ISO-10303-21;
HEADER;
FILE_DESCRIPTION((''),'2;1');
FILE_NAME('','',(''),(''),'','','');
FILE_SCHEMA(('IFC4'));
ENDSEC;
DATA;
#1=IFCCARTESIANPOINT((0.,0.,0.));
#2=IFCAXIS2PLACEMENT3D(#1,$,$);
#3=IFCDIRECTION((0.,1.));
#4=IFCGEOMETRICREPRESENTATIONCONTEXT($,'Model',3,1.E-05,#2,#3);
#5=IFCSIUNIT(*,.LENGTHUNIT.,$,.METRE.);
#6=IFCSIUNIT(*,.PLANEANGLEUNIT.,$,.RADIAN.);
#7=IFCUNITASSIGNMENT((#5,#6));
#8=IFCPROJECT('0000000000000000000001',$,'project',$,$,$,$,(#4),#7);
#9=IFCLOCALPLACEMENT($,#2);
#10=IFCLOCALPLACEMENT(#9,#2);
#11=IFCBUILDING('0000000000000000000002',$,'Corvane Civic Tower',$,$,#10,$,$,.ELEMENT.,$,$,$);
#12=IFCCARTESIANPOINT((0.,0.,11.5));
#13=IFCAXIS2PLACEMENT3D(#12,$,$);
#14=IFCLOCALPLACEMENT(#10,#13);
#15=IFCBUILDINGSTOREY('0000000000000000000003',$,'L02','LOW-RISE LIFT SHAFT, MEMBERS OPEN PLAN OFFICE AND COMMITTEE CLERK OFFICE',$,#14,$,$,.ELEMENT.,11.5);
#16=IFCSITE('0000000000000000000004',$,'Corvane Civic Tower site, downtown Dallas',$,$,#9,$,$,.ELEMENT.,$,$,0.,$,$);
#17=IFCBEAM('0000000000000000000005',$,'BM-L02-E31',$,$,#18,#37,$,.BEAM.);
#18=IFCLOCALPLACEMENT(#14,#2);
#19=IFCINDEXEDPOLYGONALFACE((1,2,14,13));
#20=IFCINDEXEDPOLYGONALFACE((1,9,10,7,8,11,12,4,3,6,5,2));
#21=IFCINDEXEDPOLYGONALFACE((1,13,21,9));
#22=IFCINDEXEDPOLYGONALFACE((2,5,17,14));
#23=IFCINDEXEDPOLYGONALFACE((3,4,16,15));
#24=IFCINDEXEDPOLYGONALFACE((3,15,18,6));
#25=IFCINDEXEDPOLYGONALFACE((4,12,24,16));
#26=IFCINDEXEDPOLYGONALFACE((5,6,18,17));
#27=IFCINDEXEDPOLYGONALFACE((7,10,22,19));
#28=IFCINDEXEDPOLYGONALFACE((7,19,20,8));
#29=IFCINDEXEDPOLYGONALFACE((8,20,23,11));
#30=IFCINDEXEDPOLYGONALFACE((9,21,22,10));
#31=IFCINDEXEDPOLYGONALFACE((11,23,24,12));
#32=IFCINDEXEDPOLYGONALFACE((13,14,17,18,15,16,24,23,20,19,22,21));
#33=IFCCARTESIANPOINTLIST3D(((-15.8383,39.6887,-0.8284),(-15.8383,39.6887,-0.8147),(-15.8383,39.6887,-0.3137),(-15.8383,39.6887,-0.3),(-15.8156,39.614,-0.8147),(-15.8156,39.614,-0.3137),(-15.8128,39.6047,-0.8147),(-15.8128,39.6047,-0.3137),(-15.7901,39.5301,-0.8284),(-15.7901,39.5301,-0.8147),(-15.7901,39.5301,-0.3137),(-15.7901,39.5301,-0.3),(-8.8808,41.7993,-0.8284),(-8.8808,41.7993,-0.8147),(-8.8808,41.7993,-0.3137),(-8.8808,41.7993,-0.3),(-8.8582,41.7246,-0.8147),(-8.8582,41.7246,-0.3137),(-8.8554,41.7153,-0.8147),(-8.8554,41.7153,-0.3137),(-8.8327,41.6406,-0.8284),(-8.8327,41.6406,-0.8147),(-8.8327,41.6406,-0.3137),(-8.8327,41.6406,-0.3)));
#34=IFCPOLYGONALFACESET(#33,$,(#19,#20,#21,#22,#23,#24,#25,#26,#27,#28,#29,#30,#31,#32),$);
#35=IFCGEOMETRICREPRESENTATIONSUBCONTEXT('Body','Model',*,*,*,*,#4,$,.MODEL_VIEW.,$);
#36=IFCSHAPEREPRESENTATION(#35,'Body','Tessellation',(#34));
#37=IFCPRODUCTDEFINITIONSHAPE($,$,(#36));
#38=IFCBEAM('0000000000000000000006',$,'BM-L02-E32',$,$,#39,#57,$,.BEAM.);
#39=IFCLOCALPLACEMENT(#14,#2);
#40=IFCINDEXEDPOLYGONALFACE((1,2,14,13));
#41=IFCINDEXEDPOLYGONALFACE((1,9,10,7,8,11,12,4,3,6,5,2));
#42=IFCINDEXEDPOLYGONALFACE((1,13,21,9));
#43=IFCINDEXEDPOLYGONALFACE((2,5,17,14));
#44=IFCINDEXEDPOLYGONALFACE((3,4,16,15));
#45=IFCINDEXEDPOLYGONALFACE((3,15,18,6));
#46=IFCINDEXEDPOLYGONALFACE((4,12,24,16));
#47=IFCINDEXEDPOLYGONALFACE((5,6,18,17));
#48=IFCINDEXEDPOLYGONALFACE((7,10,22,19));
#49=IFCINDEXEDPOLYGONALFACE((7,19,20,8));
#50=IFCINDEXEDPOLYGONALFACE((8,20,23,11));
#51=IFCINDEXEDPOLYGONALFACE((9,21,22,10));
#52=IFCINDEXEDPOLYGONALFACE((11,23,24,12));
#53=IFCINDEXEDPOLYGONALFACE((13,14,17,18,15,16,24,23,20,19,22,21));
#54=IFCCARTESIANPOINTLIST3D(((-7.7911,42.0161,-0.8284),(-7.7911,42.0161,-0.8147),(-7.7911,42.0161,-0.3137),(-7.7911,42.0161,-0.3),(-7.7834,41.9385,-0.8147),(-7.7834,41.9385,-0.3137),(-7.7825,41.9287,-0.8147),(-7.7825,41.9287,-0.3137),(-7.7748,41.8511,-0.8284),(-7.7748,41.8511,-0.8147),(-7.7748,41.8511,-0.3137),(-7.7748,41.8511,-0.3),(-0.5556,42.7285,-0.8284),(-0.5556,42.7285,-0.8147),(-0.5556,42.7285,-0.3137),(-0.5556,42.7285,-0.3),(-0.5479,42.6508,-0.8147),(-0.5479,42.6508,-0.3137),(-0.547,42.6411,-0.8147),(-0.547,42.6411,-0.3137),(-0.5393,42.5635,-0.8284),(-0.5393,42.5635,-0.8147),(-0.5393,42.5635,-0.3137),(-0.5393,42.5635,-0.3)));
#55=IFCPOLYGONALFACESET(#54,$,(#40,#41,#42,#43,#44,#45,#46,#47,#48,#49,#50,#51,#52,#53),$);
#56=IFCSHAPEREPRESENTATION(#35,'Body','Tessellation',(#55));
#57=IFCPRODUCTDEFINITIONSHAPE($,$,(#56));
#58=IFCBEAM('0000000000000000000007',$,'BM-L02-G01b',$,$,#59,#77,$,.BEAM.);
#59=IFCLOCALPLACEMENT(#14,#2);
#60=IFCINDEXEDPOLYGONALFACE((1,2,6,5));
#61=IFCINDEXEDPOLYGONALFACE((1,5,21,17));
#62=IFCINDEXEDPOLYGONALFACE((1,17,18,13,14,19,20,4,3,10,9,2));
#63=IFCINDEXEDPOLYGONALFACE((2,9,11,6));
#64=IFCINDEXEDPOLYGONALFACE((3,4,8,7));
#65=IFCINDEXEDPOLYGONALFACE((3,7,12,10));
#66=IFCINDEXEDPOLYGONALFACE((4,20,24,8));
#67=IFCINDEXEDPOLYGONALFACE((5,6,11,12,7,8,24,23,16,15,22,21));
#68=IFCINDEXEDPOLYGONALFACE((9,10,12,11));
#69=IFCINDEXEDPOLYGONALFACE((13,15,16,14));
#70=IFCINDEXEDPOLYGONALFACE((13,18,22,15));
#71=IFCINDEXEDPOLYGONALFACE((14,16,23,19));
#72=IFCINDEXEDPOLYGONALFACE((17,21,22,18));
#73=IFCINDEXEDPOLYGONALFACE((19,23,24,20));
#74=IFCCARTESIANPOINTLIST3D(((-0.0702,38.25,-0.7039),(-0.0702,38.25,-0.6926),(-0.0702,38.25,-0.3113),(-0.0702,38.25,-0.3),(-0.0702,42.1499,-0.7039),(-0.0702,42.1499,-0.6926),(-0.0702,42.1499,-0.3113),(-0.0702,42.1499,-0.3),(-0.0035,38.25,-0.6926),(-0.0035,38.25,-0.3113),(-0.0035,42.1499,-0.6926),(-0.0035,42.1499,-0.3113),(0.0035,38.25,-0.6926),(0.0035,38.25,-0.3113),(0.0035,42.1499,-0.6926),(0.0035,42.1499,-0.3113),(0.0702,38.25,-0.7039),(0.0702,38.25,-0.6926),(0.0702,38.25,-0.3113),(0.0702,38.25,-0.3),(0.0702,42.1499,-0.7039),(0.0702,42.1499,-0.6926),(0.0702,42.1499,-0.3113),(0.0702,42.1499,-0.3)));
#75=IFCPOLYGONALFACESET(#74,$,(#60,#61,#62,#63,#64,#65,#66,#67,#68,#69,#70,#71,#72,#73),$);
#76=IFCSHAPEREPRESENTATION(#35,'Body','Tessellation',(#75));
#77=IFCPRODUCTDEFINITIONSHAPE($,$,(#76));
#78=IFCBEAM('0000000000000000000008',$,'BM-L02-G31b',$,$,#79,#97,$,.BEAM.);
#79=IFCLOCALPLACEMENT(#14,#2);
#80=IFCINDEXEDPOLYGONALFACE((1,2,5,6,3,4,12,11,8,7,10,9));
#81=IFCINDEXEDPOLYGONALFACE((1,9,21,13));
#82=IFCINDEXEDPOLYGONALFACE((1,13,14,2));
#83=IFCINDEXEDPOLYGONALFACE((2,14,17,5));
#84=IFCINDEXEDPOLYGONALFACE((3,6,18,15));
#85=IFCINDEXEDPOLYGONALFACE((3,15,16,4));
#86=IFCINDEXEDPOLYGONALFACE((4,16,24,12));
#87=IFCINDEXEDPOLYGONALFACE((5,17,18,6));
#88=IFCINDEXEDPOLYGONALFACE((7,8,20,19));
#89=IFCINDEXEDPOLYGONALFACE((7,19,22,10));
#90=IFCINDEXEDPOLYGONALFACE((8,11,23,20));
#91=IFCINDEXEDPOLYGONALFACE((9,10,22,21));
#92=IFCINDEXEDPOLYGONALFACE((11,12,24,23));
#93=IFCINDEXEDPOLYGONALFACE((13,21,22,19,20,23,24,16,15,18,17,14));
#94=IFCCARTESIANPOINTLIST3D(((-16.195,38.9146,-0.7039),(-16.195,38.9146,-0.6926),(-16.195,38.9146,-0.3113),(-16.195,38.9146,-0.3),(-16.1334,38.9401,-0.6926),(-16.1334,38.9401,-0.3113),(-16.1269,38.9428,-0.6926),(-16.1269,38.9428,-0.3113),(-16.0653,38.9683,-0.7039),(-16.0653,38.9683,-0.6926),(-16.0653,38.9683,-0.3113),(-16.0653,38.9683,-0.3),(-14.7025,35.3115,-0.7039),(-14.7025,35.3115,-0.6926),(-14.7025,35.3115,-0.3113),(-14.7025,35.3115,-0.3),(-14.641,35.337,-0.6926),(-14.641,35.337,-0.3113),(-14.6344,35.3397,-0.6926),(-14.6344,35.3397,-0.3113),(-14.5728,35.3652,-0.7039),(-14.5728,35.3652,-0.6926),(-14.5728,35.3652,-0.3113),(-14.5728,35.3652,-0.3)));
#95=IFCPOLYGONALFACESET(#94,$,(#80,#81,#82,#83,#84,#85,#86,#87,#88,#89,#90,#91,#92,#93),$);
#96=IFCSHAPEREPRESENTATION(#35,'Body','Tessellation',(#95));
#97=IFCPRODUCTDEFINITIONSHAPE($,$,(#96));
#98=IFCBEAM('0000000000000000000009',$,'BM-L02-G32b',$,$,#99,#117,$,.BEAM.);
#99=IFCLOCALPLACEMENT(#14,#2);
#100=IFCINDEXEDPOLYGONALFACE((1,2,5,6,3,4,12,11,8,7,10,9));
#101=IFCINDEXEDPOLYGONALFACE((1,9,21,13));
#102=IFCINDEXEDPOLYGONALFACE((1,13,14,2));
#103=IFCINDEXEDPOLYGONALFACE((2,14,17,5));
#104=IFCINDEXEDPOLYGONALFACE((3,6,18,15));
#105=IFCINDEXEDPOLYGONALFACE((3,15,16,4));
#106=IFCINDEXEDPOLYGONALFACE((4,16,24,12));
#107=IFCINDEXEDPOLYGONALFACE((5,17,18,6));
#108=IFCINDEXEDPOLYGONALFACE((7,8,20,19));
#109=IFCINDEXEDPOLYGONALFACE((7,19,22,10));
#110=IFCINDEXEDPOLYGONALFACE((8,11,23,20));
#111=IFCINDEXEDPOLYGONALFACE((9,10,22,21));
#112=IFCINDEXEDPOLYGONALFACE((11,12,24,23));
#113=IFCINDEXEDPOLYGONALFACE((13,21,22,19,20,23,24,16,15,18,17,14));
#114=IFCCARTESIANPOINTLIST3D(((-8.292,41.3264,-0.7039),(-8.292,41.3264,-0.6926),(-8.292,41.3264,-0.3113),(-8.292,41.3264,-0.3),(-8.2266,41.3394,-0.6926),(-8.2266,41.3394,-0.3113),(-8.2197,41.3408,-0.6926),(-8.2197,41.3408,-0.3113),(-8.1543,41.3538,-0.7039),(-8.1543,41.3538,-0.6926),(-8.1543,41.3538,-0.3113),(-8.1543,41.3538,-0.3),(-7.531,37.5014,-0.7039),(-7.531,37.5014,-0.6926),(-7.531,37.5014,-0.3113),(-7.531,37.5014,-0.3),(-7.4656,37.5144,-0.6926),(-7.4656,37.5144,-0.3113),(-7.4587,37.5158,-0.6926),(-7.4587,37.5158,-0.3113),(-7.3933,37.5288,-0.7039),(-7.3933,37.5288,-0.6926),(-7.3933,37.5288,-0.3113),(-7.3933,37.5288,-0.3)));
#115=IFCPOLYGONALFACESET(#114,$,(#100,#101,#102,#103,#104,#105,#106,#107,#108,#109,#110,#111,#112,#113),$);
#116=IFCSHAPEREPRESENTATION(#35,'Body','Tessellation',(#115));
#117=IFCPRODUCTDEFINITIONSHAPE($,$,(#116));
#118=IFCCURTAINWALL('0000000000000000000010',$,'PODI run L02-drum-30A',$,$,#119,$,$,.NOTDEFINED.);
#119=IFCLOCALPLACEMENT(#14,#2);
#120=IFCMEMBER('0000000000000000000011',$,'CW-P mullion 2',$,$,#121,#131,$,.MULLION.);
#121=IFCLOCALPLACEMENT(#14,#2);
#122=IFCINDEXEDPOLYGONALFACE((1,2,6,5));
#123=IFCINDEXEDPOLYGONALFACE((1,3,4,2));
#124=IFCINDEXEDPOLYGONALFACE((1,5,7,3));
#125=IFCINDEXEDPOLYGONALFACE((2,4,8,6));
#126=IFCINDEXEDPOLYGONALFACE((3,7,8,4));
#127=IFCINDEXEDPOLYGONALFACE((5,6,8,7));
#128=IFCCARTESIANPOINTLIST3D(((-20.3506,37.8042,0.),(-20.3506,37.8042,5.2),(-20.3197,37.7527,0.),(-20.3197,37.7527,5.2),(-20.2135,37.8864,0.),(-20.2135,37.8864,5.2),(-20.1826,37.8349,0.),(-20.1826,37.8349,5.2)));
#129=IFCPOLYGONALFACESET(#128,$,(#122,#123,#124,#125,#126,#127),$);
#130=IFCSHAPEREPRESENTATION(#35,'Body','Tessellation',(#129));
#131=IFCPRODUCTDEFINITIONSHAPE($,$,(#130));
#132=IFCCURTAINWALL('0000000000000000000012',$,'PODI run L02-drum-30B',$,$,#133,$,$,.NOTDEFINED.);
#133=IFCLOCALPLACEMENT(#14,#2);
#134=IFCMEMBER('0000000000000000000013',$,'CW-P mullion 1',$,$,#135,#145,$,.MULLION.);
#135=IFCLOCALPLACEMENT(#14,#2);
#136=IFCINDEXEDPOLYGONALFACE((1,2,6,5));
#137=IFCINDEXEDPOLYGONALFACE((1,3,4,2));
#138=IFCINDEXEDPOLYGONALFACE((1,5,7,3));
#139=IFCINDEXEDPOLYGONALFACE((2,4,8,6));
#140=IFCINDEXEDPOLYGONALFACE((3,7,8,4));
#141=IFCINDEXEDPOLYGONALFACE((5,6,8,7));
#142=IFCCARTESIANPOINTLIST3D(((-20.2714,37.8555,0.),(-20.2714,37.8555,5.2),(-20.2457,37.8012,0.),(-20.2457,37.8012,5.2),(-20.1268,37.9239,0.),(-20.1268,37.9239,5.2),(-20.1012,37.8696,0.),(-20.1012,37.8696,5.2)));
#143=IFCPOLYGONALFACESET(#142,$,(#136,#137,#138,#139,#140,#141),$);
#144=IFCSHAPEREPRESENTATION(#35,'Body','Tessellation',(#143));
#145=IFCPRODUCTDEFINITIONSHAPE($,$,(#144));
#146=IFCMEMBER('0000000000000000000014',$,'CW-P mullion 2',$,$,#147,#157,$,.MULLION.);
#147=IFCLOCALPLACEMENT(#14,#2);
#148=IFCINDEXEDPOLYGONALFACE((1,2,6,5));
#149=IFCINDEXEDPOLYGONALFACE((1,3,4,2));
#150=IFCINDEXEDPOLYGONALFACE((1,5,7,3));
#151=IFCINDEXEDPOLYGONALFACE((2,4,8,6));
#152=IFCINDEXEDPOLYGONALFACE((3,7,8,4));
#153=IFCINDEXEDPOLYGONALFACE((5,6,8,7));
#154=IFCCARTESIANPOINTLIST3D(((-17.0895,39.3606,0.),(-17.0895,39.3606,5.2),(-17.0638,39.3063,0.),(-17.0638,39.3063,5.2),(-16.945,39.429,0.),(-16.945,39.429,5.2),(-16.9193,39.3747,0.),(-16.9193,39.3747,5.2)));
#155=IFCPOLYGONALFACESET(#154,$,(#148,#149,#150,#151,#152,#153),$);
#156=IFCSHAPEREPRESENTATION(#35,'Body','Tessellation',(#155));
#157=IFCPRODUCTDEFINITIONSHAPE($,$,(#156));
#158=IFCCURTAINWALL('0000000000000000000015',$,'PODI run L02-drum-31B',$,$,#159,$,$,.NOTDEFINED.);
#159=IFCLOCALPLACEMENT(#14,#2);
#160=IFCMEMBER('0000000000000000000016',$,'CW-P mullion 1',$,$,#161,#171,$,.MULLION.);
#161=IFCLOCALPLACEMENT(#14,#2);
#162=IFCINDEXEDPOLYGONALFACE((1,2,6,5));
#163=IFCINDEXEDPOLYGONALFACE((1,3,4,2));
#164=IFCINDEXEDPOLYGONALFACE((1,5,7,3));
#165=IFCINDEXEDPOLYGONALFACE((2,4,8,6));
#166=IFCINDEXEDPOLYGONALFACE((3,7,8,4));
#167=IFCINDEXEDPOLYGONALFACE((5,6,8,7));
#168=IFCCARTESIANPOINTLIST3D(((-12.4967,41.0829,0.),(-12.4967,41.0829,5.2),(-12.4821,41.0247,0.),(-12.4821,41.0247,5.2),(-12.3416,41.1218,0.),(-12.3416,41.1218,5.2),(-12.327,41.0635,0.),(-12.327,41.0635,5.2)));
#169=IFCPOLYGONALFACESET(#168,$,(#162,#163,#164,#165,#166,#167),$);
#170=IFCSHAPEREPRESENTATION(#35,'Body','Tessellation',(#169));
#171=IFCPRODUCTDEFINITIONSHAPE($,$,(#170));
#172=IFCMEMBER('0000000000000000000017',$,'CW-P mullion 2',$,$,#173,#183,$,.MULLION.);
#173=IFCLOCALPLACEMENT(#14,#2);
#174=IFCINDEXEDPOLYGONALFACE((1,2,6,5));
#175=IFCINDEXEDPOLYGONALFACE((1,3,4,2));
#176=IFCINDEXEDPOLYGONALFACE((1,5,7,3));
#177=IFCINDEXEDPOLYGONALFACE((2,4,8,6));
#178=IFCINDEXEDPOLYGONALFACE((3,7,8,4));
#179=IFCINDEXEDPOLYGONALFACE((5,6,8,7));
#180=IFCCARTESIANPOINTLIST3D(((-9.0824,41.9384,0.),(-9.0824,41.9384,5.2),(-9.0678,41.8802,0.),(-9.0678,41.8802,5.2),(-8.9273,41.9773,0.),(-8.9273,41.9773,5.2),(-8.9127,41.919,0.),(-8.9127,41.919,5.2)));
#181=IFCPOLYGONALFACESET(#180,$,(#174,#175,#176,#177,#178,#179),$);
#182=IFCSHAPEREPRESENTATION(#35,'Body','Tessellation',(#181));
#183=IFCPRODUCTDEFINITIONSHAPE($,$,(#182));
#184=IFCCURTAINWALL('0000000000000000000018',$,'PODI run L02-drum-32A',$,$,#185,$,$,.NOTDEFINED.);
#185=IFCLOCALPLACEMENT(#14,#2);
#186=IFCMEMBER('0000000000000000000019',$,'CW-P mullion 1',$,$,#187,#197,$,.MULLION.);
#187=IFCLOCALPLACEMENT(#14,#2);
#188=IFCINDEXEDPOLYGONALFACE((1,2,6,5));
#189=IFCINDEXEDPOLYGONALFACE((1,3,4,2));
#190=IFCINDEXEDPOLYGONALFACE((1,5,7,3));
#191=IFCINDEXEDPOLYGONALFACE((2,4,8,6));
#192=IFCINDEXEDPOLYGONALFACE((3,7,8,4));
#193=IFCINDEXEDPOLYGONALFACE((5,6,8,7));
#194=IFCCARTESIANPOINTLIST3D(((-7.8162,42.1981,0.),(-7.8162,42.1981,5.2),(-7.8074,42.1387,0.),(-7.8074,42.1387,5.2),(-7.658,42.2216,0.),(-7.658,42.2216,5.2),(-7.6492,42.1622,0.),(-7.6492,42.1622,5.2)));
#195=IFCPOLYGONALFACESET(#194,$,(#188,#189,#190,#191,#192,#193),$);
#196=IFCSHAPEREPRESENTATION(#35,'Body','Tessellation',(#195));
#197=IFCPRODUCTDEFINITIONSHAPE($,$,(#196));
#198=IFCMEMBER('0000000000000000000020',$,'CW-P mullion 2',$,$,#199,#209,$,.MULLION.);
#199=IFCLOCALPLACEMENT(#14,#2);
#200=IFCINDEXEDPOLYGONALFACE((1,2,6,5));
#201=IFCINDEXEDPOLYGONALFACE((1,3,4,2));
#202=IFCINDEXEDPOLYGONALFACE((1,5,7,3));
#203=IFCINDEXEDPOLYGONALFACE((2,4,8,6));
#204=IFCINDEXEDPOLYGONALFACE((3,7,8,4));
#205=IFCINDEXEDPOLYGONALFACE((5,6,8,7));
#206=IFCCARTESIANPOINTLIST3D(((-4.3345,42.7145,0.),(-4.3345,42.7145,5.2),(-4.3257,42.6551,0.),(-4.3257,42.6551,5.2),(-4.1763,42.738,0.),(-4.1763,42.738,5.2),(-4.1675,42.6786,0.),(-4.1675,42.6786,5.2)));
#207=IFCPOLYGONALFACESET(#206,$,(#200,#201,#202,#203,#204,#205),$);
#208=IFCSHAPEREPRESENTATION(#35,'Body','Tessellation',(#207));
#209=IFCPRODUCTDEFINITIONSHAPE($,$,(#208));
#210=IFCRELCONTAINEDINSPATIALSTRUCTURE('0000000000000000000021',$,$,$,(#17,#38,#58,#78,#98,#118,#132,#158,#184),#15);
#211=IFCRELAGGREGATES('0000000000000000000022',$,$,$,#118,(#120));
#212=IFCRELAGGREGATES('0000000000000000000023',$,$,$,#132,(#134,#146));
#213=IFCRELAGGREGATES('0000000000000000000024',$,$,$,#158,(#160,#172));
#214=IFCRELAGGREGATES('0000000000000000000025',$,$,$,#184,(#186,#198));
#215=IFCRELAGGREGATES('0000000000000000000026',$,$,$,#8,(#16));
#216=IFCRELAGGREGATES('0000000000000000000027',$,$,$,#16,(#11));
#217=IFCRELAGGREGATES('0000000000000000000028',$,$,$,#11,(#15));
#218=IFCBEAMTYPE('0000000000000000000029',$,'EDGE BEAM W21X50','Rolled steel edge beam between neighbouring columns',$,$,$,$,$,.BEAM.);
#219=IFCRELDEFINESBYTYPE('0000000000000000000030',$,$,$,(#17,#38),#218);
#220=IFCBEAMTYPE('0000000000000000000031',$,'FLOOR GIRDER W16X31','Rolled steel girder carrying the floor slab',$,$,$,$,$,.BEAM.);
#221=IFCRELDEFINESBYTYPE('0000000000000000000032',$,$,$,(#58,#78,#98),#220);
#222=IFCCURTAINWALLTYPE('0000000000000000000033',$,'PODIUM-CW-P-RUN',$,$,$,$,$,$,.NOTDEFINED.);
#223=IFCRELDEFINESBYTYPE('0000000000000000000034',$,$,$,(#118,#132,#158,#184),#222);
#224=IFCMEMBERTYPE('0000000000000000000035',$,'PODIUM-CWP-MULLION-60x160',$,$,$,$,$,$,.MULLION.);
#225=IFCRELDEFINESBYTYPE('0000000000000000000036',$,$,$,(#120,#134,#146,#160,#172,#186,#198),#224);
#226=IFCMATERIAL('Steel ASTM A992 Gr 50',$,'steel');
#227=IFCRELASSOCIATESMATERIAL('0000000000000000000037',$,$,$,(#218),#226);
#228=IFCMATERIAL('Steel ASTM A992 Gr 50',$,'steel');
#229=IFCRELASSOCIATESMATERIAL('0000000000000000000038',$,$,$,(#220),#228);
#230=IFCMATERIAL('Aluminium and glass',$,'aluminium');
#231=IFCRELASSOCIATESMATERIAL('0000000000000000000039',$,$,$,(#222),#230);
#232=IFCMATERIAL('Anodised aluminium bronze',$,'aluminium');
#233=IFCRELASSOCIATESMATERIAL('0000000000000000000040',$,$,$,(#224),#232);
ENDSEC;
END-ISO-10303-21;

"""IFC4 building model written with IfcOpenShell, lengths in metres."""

from ifc_helpers import new_model, si_unit, direction, frame, origin, origin_2d, place, context, subcontext, project, spatial, rectangle, i_section, extrude, material, material_profile, profile_set, type_object, element, aggregate, save


model = new_model("IFC4")

# Units and contexts
model_context = context("Model", 3, precision=1e-05, world=origin(), true_north=direction((0.0, 1.0)))
body_context = subcontext(model_context, "Body", "Model", "MODEL_VIEW")
ifc_project = project(units=[si_unit("LENGTHUNIT", "METRE"), si_unit("PLANEANGLEUNIT", "RADIAN")], contexts=[model_context])

# Site, building, storey
site_placement = place(None, origin())
site = spatial("IfcSite", under=ifc_project, at=site_placement, Name="Corvane Civic Tower site, downtown Dallas", CompositionType="ELEMENT", RefElevation=0.0)
building_placement = place(site_placement, origin())
building = spatial("IfcBuilding", under=site, at=building_placement, Name="Corvane Civic Tower", CompositionType="ELEMENT")
storey_placement = place(building_placement, frame((0.0, 0.0, 11.5)))
storey = spatial("IfcBuildingStorey", under=building, at=storey_placement, Name="L02", Description="LOW-RISE LIFT SHAFT, MEMBERS OPEN PLAN OFFICE AND COMMITTEE CLERK OFFICE", CompositionType="ELEMENT", Elevation=11.5)

# Beams
ifc_material_1 = material(Name="Steel ASTM A992 Gr 50", Category="steel")
ifc_material_profile_1 = material_profile(ifc_material_1, i_section(OverallWidth=0.1658, OverallDepth=0.5283, WebThickness=0.0098, FlangeThickness=0.0137, at=origin_2d()), Name="W21X50")
ifc_profile_set_1 = profile_set([ifc_material_profile_1], Name="Steel ASTM A992 Gr 50")
beam_type_1 = type_object("IfcBeamType", Name="EDGE BEAM W21X50", Description="Rolled steel edge beam between neighbouring columns", PredefinedType="BEAM", material=ifc_profile_set_1)
for number, where, z_axis, x_axis, name in (
    (1, (-15.8142, 39.6094, -0.5642), (0.956938, 0.290292, 0.0), (-0.290292, 0.956938, 0.0), "BM-L02-E31"),
    (2, (-7.783, 41.9336, -0.5642), (0.995188, 0.097984, 0.0), (-0.097984, 0.995188, 0.0), "BM-L02-E32"),
):
    element("IfcBeam", number, at=place(storey_placement, frame(where, z_axis=z_axis, x_axis=x_axis)), inside=storey, type_object=beam_type_1, Name=name, PredefinedType="BEAM", context=body_context, shape_type="SweptSolid", body=[
        extrude(i_section(OverallWidth=0.1658, OverallDepth=0.5283, WebThickness=0.0098, FlangeThickness=0.0137, at=origin_2d()), origin(), (0.0, 0.0, 1.0), 7.2705),
    ])
ifc_material_2 = material(Name="Steel ASTM A992 Gr 50", Category="steel")
ifc_material_profile_2 = material_profile(ifc_material_2, i_section(OverallWidth=0.1404, OverallDepth=0.4038, WebThickness=0.0071, FlangeThickness=0.0112, at=origin_2d()), Name="W16X31")
ifc_profile_set_2 = profile_set([ifc_material_profile_2], Name="Steel ASTM A992 Gr 50")
beam_type_2 = type_object("IfcBeamType", Name="FLOOR GIRDER W16X31", Description="Rolled steel girder carrying the floor slab", PredefinedType="BEAM", material=ifc_profile_set_2)
for number, where, z_axis, x_axis, name in (
    (3, (0.0, 38.25, -0.502), (0.0, 1.0, 0.0), (-1.0, 0.0, 0.0), "BM-L02-G01b"),
    (4, (-14.6377, 35.3384, -0.502), (-0.382685, 0.923879, 0.0), (-0.923879, -0.382685, 0.0), "BM-L02-G31b"),
    (5, (-7.4622, 37.5151, -0.502), (-0.195129, 0.980778, 0.0), (-0.980778, -0.195129, 0.0), "BM-L02-G32b"),
):
    element("IfcBeam", number, at=place(storey_placement, frame(where, z_axis=z_axis, x_axis=x_axis)), inside=storey, type_object=beam_type_2, Name=name, PredefinedType="BEAM", context=body_context, shape_type="SweptSolid", body=[
        extrude(i_section(OverallWidth=0.1404, OverallDepth=0.4038, WebThickness=0.0071, FlangeThickness=0.0112, at=origin_2d()), origin(), (0.0, 0.0, 1.0), 3.8999),
    ])

# Curtain wall, member
ifc_material_3 = material(Name="Aluminium and glass", Category="aluminium")
curtain_wall_type = type_object("IfcCurtainWallType", Name="PODIUM-CW-P-RUN", PredefinedType="NOTDEFINED", material=ifc_material_3)
curtain_wall_1_placement = place(storey_placement, origin())
curtain_wall_1 = element("IfcCurtainWall", 6, at=curtain_wall_1_placement, inside=storey, type_object=curtain_wall_type, Name="PODI run L02-drum-30A", PredefinedType="NOTDEFINED")
ifc_material_4 = material(Name="Anodised aluminium bronze", Category="aluminium")
ifc_material_profile_3 = material_profile(ifc_material_4, rectangle(XDim=0.0601, YDim=0.1599, at=origin_2d()), Name="AL 60x160")
ifc_profile_set_3 = profile_set([ifc_material_profile_3], Name="Anodised aluminium bronze")
member_type_1 = type_object("IfcMemberType", Name="PODIUM-CWP-MULLION-60x160", PredefinedType="MULLION", material=ifc_profile_set_3)
member_1_placement = place(storey_placement, frame((-20.2666, 37.8196, 0.0), z_axis=(0.0, 0.0, 1.0), x_axis=(-0.514118, 0.85772, 0.0)))
member_1 = element("IfcMember", 7, at=member_1_placement, type_object=member_type_1, Name="CW-P mullion 2", PredefinedType="MULLION", context=body_context, shape_type="SweptSolid", body=[
    extrude(rectangle(XDim=0.0601, YDim=0.1599, at=origin_2d()), origin(), (0.0, 0.0, 1.0), 5.2),
])
aggregate(curtain_wall_1, [member_1])

# Curtain walls, members
curtain_wall_2_placement = place(storey_placement, origin())
curtain_wall_2 = element("IfcCurtainWall", 8, at=curtain_wall_2_placement, inside=storey, type_object=curtain_wall_type, Name="PODI run L02-drum-30B", PredefinedType="NOTDEFINED")
member_2_placement = place(storey_placement, frame((-20.1863, 37.8625, 0.0), z_axis=(0.0, 0.0, 1.0), x_axis=(-0.427553, 0.90399, 0.0)))
member_2 = element("IfcMember", 9, at=member_2_placement, type_object=member_type_1, Name="CW-P mullion 1", PredefinedType="MULLION", context=body_context, shape_type="SweptSolid", body=[
    extrude(rectangle(XDim=0.0601, YDim=0.1599, at=origin_2d()), origin(), (0.0, 0.0, 1.0), 5.2),
])
member_3_placement = place(storey_placement, frame((-17.0044, 39.3677, 0.0), z_axis=(0.0, 0.0, 1.0), x_axis=(-0.427553, 0.90399, 0.0)))
member_3 = element("IfcMember", 10, at=member_3_placement, type_object=member_type_1, Name="CW-P mullion 2", PredefinedType="MULLION", context=body_context, shape_type="SweptSolid", body=[
    extrude(rectangle(XDim=0.0601, YDim=0.1599, at=origin_2d()), origin(), (0.0, 0.0, 1.0), 5.2),
])
curtain_wall_3_placement = place(storey_placement, origin())
curtain_wall_3 = element("IfcCurtainWall", 11, at=curtain_wall_3_placement, inside=storey, type_object=curtain_wall_type, Name="PODI run L02-drum-31B", PredefinedType="NOTDEFINED")
member_4_placement = place(storey_placement, frame((-12.4119, 41.0732, 0.0), z_axis=(0.0, 0.0, 1.0), x_axis=(-0.243009, 0.970024, 0.0)))
member_4 = element("IfcMember", 12, at=member_4_placement, type_object=member_type_1, Name="CW-P mullion 1", PredefinedType="MULLION", context=body_context, shape_type="SweptSolid", body=[
    extrude(rectangle(XDim=0.0601, YDim=0.1599, at=origin_2d()), origin(), (0.0, 0.0, 1.0), 5.2),
])
member_5_placement = place(storey_placement, frame((-8.9976, 41.9287, 0.0), z_axis=(0.0, 0.0, 1.0), x_axis=(-0.243009, 0.970024, 0.0)))
member_5 = element("IfcMember", 13, at=member_5_placement, type_object=member_type_1, Name="CW-P mullion 2", PredefinedType="MULLION", context=body_context, shape_type="SweptSolid", body=[
    extrude(rectangle(XDim=0.0601, YDim=0.1599, at=origin_2d()), origin(), (0.0, 0.0, 1.0), 5.2),
])
curtain_wall_4_placement = place(storey_placement, origin())
curtain_wall_4 = element("IfcCurtainWall", 14, at=curtain_wall_4_placement, inside=storey, type_object=curtain_wall_type, Name="PODI run L02-drum-32A", PredefinedType="NOTDEFINED")
member_6_placement = place(storey_placement, frame((-7.7327, 42.1802, 0.0), z_axis=(0.0, 0.0, 1.0), x_axis=(-0.146715, 0.989179, 0.0)))
member_6 = element("IfcMember", 15, at=member_6_placement, type_object=member_type_1, Name="CW-P mullion 1", PredefinedType="MULLION", context=body_context, shape_type="SweptSolid", body=[
    extrude(rectangle(XDim=0.0601, YDim=0.1599, at=origin_2d()), origin(), (0.0, 0.0, 1.0), 5.2),
])
member_7_placement = place(storey_placement, frame((-4.251, 42.6965, 0.0), z_axis=(0.0, 0.0, 1.0), x_axis=(-0.146715, 0.989179, 0.0)))
member_7 = element("IfcMember", 16, at=member_7_placement, type_object=member_type_1, Name="CW-P mullion 2", PredefinedType="MULLION", context=body_context, shape_type="SweptSolid", body=[
    extrude(rectangle(XDim=0.0601, YDim=0.1599, at=origin_2d()), origin(), (0.0, 0.0, 1.0), 5.2),
])

aggregate(curtain_wall_2, [member_2, member_3])
aggregate(curtain_wall_3, [member_4, member_5])
aggregate(curtain_wall_4, [member_6, member_7])

save(model, "model.ifc")
